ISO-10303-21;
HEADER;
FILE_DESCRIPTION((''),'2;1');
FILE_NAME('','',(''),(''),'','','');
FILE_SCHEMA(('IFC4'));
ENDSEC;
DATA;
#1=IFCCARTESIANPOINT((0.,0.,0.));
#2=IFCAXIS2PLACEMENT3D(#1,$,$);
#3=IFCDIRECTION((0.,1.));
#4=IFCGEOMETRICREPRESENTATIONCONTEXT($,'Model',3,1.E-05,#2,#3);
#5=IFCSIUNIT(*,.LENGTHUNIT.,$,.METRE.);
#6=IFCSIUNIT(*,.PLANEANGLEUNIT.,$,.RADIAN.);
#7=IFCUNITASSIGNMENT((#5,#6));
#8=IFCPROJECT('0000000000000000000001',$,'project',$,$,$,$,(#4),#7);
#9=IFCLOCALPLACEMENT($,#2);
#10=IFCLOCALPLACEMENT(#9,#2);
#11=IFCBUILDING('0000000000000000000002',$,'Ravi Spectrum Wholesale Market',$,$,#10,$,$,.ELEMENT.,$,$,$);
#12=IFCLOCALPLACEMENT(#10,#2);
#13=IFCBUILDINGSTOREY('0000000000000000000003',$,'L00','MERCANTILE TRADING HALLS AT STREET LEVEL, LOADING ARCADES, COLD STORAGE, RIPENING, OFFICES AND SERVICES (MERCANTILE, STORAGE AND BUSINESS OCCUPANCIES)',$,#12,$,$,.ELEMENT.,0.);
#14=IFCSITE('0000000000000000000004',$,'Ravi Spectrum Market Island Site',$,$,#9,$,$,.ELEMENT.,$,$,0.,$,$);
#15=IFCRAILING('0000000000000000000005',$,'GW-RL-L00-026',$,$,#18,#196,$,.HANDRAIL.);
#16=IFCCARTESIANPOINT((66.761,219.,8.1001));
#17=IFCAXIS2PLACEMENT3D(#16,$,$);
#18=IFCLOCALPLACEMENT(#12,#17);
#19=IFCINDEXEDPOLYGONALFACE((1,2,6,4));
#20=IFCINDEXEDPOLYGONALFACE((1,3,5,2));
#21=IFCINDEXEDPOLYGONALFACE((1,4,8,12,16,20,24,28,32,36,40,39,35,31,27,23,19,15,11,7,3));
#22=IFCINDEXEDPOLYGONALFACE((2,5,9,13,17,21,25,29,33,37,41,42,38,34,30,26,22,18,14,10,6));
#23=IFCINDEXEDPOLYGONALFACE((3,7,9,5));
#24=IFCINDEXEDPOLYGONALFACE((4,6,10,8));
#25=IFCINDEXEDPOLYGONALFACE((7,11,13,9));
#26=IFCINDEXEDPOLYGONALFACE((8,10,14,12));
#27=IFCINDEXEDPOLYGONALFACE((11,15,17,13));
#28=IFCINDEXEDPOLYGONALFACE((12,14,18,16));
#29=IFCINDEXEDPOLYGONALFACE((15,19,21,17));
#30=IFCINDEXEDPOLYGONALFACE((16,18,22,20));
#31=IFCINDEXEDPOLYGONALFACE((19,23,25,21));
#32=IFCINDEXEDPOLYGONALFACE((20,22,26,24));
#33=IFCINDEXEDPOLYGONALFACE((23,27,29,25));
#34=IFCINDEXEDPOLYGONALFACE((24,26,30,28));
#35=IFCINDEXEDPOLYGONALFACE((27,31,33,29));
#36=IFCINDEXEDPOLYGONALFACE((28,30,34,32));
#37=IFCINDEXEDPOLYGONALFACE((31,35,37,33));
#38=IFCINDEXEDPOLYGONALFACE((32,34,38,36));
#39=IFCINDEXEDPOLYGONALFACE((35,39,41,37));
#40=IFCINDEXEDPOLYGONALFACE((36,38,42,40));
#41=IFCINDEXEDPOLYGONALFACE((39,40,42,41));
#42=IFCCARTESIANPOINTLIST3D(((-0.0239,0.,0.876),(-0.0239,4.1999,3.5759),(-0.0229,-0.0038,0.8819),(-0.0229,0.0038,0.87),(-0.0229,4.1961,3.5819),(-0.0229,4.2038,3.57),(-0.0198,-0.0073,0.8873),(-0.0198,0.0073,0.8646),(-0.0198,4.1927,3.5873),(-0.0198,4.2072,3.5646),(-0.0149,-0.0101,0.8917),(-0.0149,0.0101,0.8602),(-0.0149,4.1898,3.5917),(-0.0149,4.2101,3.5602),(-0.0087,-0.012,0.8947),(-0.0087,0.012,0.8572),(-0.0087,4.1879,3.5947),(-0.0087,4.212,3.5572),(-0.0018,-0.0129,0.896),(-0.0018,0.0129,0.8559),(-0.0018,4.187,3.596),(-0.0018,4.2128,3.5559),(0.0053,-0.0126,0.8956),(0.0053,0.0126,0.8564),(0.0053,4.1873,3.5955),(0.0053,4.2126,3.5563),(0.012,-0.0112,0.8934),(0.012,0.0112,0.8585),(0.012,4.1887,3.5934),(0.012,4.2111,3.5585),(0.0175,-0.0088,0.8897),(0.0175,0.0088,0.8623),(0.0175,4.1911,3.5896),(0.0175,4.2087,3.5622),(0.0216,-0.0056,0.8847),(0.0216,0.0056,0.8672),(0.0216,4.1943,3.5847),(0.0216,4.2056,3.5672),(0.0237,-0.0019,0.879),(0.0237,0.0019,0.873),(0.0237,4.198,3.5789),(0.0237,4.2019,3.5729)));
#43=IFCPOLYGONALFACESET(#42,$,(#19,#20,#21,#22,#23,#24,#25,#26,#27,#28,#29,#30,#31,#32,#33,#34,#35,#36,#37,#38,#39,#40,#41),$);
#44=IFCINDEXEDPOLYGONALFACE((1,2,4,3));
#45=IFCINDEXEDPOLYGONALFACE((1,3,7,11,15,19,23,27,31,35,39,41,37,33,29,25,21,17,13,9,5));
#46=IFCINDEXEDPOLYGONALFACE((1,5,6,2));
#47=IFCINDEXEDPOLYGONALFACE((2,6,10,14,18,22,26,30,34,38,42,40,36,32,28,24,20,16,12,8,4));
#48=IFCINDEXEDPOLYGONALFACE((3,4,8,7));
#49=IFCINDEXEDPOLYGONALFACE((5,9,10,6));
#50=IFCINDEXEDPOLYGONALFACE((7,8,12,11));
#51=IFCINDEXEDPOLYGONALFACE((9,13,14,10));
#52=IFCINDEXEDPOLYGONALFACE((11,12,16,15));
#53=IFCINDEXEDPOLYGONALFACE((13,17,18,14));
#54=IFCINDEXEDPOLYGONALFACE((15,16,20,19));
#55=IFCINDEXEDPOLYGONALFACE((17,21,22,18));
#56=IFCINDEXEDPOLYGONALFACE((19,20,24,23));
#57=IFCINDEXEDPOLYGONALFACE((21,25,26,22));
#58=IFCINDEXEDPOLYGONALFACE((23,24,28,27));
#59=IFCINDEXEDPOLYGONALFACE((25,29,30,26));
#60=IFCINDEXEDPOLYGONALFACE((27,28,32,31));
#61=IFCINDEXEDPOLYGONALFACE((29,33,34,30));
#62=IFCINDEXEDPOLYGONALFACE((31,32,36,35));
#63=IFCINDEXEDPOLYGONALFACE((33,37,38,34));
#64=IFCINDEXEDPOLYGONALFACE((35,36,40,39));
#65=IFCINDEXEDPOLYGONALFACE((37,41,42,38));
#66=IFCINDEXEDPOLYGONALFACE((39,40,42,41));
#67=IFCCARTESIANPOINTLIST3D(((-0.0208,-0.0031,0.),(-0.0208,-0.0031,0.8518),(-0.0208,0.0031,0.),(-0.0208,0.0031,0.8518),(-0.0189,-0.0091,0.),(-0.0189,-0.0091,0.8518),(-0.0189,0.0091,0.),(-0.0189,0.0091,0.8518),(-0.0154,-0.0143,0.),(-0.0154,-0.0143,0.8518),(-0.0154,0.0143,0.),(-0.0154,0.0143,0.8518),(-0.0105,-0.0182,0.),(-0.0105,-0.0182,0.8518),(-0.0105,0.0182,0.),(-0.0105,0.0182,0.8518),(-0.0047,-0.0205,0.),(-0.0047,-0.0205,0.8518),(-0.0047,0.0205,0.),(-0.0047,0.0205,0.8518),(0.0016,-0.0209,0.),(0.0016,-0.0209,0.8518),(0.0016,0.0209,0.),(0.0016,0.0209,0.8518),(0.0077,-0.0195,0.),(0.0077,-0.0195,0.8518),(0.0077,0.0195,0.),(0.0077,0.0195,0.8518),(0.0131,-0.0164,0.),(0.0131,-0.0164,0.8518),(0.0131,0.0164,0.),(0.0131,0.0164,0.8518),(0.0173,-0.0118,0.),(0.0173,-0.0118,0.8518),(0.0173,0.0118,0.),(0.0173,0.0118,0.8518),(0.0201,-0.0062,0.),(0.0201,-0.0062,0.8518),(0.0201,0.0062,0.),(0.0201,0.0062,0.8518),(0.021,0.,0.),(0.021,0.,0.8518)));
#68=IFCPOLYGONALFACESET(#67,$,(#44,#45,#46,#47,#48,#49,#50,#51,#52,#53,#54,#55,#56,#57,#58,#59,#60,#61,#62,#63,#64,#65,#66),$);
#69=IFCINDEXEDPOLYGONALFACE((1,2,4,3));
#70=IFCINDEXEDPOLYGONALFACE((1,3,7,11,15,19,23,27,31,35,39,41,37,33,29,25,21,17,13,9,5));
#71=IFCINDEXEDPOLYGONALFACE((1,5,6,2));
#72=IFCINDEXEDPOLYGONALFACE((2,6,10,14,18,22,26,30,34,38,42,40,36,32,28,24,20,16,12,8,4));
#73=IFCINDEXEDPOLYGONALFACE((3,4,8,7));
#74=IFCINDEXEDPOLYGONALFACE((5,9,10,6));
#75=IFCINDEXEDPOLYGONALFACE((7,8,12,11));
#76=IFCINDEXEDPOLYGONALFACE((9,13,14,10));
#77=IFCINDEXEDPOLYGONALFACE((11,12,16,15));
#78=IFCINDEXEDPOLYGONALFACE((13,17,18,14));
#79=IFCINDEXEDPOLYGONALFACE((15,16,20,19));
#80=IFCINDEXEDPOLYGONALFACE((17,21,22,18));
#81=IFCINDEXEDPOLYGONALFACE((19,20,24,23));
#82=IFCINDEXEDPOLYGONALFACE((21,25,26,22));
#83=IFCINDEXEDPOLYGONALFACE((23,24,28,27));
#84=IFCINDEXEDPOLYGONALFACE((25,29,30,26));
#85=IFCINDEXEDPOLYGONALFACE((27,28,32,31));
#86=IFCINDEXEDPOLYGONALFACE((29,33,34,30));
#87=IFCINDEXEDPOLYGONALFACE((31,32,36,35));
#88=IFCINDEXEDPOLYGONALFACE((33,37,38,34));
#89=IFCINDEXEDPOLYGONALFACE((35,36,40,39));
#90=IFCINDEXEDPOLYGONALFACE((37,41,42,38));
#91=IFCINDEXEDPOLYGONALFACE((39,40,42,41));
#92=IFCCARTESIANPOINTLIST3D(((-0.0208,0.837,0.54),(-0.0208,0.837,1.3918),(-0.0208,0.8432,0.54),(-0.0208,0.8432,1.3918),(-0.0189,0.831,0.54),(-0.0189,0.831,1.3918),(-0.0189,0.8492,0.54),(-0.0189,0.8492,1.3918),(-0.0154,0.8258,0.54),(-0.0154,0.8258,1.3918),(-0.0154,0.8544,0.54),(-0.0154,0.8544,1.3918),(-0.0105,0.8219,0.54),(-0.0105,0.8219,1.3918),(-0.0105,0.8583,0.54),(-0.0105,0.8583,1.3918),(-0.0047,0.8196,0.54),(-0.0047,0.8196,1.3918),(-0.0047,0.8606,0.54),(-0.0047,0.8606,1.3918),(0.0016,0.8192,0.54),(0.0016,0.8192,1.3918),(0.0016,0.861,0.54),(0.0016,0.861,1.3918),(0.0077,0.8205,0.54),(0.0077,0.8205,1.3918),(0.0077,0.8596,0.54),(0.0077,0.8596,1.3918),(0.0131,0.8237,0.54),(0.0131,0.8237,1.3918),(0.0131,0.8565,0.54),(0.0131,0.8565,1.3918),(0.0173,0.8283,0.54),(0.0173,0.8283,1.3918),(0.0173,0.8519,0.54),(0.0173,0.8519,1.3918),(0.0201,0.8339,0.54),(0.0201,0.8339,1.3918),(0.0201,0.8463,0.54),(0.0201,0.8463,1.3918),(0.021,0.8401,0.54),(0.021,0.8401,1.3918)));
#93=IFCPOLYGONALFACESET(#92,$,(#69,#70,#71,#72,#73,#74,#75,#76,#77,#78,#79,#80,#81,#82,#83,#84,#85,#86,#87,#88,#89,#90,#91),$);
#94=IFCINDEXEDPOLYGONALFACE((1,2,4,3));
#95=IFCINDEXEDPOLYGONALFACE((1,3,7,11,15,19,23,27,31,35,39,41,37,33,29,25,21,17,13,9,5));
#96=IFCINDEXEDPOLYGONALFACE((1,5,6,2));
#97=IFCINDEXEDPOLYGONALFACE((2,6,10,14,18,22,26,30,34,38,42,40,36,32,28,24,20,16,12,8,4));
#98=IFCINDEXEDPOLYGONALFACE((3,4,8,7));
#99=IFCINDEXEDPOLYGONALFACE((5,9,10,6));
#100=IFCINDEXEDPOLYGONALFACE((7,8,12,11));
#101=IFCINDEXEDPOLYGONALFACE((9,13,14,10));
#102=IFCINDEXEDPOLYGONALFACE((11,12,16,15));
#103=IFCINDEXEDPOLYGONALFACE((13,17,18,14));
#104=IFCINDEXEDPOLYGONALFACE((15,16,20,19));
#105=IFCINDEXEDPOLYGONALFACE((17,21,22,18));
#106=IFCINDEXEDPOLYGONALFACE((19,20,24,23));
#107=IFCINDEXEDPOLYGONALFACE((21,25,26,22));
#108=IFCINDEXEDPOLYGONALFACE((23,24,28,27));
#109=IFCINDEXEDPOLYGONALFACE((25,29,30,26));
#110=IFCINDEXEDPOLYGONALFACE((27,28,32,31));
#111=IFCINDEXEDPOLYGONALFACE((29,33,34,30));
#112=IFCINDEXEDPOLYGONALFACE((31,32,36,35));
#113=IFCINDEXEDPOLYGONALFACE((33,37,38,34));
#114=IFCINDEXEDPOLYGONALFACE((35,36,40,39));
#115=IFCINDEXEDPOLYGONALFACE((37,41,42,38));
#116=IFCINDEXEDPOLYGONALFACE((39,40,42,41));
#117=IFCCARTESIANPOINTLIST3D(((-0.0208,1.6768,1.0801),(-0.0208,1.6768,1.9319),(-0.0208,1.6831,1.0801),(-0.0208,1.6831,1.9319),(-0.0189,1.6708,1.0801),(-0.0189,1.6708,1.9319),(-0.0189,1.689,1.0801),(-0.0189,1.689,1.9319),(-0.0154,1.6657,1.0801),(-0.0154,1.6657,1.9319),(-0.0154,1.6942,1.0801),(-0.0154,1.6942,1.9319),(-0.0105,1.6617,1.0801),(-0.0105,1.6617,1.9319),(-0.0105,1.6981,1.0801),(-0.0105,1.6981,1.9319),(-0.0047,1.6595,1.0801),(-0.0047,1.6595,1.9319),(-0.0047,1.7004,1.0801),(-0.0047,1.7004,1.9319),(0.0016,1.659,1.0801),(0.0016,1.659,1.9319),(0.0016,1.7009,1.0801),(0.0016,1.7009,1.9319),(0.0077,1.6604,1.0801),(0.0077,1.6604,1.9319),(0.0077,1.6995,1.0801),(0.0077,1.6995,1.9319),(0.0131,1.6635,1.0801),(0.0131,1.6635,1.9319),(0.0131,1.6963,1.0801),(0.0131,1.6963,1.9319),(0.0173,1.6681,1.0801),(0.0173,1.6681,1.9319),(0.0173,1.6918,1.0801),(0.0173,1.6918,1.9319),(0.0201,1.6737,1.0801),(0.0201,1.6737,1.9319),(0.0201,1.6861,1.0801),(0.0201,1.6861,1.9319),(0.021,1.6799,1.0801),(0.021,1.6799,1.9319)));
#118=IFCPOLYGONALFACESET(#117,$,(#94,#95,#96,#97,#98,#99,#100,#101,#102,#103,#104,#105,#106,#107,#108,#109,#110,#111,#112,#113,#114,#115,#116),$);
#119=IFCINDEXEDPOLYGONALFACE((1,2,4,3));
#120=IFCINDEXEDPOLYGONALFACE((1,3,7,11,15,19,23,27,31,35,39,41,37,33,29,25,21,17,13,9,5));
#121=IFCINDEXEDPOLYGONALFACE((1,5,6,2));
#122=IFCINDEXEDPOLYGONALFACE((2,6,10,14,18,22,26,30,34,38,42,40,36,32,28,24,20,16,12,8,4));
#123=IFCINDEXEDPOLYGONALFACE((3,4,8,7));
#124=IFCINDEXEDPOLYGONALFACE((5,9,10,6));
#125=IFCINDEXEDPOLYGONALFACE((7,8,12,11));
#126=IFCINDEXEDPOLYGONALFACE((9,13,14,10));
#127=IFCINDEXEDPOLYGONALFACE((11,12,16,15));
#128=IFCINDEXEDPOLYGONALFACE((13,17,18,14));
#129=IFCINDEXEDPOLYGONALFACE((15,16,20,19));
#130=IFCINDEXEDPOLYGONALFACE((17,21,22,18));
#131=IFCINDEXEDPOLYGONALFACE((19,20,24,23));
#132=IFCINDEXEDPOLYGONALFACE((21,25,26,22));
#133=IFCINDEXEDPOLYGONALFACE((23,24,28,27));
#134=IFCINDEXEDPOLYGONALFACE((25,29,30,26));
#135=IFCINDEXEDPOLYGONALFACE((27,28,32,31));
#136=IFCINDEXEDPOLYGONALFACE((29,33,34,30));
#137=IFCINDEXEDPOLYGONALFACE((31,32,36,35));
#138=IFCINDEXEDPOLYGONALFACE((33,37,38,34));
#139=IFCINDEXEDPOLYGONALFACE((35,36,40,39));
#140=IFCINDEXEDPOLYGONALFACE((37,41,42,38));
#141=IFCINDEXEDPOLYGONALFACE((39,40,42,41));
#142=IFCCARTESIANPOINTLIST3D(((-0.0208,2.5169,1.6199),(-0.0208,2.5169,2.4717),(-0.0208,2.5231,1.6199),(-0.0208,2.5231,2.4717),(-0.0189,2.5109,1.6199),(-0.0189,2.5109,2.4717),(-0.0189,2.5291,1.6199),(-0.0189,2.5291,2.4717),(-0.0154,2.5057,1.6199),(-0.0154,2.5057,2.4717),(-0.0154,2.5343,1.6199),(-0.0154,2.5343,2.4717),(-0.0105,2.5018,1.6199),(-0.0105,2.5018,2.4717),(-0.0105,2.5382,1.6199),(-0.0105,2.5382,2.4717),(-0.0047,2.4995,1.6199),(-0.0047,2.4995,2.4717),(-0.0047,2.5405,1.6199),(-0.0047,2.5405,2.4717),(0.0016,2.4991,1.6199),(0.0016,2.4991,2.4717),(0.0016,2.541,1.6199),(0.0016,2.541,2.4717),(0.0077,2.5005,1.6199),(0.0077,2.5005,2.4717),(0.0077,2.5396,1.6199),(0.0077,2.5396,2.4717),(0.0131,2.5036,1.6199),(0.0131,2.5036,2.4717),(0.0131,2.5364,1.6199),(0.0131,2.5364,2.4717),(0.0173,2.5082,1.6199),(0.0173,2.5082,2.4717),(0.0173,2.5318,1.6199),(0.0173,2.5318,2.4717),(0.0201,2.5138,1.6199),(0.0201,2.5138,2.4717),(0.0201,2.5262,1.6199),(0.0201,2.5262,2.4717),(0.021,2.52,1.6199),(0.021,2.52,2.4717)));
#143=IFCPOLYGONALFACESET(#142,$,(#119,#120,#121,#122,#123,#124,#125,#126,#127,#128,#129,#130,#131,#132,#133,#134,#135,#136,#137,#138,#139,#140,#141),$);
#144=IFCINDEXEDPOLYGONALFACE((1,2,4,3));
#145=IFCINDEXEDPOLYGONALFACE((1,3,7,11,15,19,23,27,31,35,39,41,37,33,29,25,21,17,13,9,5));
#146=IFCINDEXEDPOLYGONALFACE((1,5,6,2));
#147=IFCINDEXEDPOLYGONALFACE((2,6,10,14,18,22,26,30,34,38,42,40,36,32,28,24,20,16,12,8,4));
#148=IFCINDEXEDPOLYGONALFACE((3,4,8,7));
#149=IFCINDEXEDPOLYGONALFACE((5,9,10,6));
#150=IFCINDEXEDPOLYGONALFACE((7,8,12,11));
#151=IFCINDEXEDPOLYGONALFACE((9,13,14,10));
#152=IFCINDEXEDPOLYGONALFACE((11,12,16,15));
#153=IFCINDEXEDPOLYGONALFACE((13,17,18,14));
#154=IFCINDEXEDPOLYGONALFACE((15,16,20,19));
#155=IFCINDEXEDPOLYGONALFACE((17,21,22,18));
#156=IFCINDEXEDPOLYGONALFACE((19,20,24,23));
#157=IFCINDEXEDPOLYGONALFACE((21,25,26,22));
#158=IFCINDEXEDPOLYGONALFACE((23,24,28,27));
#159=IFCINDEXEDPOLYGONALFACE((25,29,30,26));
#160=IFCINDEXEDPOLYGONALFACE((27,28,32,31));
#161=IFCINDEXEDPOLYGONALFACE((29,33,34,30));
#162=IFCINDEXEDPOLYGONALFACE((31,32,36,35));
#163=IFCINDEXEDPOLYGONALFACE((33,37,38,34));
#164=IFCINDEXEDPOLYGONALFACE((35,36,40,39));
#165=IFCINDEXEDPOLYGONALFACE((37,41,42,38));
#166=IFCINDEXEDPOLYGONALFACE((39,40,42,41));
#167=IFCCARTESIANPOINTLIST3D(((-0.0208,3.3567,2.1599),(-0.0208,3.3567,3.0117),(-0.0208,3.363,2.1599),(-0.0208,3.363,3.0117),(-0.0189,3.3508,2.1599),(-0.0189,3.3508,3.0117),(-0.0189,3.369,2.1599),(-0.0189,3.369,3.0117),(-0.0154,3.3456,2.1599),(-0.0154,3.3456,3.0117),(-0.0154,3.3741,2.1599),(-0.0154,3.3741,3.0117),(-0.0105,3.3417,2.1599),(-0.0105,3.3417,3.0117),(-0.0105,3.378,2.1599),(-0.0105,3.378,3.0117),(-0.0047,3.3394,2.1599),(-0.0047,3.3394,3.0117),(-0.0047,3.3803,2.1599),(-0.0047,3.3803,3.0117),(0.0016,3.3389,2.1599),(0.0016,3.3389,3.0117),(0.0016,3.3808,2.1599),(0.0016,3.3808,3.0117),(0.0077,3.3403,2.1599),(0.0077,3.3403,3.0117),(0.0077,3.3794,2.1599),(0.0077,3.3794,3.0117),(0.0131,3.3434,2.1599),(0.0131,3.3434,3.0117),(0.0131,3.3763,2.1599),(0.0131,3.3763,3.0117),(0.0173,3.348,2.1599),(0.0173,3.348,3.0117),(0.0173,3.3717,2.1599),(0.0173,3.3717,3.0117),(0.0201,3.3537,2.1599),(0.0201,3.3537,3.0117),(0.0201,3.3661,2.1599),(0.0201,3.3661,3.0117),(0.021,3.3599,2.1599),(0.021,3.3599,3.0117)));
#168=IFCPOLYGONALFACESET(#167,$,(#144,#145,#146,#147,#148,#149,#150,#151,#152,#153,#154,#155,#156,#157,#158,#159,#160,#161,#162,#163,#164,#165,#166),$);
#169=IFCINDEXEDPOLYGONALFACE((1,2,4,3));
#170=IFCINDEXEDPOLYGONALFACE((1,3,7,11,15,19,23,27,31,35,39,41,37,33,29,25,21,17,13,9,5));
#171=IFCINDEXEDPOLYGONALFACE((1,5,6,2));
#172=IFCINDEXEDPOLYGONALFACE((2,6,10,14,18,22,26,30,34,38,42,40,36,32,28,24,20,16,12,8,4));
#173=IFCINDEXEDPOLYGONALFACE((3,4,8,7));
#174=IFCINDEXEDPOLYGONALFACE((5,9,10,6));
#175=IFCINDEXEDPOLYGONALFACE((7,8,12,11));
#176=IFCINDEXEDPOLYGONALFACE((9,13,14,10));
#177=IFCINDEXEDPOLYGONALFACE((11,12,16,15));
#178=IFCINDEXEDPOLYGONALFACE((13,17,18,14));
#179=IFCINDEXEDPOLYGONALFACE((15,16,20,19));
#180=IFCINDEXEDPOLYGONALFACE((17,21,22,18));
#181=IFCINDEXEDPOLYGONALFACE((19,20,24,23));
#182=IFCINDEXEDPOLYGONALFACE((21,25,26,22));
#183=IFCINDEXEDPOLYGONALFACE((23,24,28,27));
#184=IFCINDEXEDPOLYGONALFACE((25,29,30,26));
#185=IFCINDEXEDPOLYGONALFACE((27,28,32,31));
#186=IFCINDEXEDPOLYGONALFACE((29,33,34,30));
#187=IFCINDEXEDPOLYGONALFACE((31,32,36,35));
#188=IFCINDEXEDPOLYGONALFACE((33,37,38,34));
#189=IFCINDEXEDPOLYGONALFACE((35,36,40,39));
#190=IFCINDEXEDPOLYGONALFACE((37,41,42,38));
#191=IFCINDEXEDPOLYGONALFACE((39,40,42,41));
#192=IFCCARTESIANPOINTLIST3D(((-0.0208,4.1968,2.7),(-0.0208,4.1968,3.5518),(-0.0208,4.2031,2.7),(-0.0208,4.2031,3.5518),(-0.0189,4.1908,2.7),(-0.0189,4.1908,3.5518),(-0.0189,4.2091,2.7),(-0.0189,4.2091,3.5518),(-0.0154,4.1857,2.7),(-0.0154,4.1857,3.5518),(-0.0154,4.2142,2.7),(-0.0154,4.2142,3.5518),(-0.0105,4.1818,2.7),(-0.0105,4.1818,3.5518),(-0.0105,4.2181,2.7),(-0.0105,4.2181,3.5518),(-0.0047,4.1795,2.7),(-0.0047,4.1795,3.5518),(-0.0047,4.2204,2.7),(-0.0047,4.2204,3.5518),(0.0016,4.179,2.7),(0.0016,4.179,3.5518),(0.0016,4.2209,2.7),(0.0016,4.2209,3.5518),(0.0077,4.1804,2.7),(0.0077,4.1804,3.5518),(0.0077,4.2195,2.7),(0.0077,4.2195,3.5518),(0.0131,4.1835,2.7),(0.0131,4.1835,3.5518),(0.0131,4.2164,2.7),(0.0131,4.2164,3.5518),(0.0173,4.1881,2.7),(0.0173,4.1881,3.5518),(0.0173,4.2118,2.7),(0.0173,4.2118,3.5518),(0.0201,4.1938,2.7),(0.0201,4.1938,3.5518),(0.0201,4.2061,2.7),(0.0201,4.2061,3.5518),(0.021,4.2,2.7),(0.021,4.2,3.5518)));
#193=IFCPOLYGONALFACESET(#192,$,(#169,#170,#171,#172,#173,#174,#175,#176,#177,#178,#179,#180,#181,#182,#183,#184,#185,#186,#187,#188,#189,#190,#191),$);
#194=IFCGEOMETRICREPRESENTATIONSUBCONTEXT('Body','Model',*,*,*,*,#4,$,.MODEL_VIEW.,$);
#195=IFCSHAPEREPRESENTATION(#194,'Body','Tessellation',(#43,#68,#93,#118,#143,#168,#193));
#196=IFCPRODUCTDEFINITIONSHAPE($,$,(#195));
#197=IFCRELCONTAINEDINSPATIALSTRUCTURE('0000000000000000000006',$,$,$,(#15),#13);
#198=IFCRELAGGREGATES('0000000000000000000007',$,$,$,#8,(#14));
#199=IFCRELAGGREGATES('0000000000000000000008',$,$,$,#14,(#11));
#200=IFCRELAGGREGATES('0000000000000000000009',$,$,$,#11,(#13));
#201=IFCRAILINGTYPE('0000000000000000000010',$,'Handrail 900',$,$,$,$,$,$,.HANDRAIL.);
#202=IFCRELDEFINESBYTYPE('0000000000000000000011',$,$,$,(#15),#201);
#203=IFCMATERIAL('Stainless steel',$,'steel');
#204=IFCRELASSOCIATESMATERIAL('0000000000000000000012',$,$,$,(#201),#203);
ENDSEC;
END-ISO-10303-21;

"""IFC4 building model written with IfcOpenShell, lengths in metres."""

from ifc_helpers import new_model, si_unit, direction, frame, origin, origin_2d, place, context, subcontext, project, spatial, circle, extrude, material, type_object, element, save


model = new_model("IFC4")

# Units and contexts
model_context = context("Model", 3, precision=1e-05, world=origin(), true_north=direction((0.0, 1.0)))
body_context = subcontext(model_context, "Body", "Model", "MODEL_VIEW")
ifc_project = project(units=[si_unit("LENGTHUNIT", "METRE"), si_unit("PLANEANGLEUNIT", "RADIAN")], contexts=[model_context])

# Site, building, storey
site_placement = place(None, origin())
site = spatial("IfcSite", under=ifc_project, at=site_placement, Name="Ravi Spectrum Market Island Site", CompositionType="ELEMENT", RefElevation=0.0)
building_placement = place(site_placement, origin())
building = spatial("IfcBuilding", under=site, at=building_placement, Name="Ravi Spectrum Wholesale Market", CompositionType="ELEMENT")
storey_placement = place(building_placement, origin())
storey = spatial("IfcBuildingStorey", under=building, at=storey_placement, Name="L00", Description="MERCANTILE TRADING HALLS AT STREET LEVEL, LOADING ARCADES, COLD STORAGE, RIPENING, OFFICES AND SERVICES (MERCANTILE, STORAGE AND BUSINESS OCCUPANCIES)", CompositionType="ELEMENT", Elevation=0.0)

# Railing
ifc_material_1 = material(Name="Stainless steel", Category="steel")
railing_type = type_object("IfcRailingType", Name="Handrail 900", PredefinedType="HANDRAIL", material=ifc_material_1)
for number, where, name in (
    (1, (66.761, 219.0, 8.1001), "GW-RL-L00-026"),
):
    element("IfcRailing", number, at=place(storey_placement, frame(where)), inside=storey, type_object=railing_type, Name=name, PredefinedType="HANDRAIL", context=body_context, shape_type="SweptSolid", body=[
        extrude(circle(Radius=0.0239, at=origin_2d()), frame((0.0, 0.0, 0.876), z_axis=(0.0, 0.84118, 0.540755), x_axis=(-1.0, 0.0, 0.0)), (0.0, 0.0, 1.0), 4.9929),
        extrude(circle(Radius=0.021, at=origin_2d()), origin(), (0.0, 0.0, 1.0), 0.8518),
        extrude(circle(Radius=0.021, at=origin_2d()), frame((0.0, 0.8401, 0.54)), (0.0, 0.0, 1.0), 0.8518),
        extrude(circle(Radius=0.021, at=origin_2d()), frame((0.0, 1.6799, 1.0801)), (0.0, 0.0, 1.0), 0.8518),
        extrude(circle(Radius=0.021, at=origin_2d()), frame((0.0, 2.52, 1.6199)), (0.0, 0.0, 1.0), 0.8518),
        extrude(circle(Radius=0.021, at=origin_2d()), frame((0.0, 3.3599, 2.1599)), (0.0, 0.0, 1.0), 0.8518),
        extrude(circle(Radius=0.021, at=origin_2d()), frame((0.0, 4.2, 2.7)), (0.0, 0.0, 1.0), 0.8518),
    ])

save(model, "model.ifc")
